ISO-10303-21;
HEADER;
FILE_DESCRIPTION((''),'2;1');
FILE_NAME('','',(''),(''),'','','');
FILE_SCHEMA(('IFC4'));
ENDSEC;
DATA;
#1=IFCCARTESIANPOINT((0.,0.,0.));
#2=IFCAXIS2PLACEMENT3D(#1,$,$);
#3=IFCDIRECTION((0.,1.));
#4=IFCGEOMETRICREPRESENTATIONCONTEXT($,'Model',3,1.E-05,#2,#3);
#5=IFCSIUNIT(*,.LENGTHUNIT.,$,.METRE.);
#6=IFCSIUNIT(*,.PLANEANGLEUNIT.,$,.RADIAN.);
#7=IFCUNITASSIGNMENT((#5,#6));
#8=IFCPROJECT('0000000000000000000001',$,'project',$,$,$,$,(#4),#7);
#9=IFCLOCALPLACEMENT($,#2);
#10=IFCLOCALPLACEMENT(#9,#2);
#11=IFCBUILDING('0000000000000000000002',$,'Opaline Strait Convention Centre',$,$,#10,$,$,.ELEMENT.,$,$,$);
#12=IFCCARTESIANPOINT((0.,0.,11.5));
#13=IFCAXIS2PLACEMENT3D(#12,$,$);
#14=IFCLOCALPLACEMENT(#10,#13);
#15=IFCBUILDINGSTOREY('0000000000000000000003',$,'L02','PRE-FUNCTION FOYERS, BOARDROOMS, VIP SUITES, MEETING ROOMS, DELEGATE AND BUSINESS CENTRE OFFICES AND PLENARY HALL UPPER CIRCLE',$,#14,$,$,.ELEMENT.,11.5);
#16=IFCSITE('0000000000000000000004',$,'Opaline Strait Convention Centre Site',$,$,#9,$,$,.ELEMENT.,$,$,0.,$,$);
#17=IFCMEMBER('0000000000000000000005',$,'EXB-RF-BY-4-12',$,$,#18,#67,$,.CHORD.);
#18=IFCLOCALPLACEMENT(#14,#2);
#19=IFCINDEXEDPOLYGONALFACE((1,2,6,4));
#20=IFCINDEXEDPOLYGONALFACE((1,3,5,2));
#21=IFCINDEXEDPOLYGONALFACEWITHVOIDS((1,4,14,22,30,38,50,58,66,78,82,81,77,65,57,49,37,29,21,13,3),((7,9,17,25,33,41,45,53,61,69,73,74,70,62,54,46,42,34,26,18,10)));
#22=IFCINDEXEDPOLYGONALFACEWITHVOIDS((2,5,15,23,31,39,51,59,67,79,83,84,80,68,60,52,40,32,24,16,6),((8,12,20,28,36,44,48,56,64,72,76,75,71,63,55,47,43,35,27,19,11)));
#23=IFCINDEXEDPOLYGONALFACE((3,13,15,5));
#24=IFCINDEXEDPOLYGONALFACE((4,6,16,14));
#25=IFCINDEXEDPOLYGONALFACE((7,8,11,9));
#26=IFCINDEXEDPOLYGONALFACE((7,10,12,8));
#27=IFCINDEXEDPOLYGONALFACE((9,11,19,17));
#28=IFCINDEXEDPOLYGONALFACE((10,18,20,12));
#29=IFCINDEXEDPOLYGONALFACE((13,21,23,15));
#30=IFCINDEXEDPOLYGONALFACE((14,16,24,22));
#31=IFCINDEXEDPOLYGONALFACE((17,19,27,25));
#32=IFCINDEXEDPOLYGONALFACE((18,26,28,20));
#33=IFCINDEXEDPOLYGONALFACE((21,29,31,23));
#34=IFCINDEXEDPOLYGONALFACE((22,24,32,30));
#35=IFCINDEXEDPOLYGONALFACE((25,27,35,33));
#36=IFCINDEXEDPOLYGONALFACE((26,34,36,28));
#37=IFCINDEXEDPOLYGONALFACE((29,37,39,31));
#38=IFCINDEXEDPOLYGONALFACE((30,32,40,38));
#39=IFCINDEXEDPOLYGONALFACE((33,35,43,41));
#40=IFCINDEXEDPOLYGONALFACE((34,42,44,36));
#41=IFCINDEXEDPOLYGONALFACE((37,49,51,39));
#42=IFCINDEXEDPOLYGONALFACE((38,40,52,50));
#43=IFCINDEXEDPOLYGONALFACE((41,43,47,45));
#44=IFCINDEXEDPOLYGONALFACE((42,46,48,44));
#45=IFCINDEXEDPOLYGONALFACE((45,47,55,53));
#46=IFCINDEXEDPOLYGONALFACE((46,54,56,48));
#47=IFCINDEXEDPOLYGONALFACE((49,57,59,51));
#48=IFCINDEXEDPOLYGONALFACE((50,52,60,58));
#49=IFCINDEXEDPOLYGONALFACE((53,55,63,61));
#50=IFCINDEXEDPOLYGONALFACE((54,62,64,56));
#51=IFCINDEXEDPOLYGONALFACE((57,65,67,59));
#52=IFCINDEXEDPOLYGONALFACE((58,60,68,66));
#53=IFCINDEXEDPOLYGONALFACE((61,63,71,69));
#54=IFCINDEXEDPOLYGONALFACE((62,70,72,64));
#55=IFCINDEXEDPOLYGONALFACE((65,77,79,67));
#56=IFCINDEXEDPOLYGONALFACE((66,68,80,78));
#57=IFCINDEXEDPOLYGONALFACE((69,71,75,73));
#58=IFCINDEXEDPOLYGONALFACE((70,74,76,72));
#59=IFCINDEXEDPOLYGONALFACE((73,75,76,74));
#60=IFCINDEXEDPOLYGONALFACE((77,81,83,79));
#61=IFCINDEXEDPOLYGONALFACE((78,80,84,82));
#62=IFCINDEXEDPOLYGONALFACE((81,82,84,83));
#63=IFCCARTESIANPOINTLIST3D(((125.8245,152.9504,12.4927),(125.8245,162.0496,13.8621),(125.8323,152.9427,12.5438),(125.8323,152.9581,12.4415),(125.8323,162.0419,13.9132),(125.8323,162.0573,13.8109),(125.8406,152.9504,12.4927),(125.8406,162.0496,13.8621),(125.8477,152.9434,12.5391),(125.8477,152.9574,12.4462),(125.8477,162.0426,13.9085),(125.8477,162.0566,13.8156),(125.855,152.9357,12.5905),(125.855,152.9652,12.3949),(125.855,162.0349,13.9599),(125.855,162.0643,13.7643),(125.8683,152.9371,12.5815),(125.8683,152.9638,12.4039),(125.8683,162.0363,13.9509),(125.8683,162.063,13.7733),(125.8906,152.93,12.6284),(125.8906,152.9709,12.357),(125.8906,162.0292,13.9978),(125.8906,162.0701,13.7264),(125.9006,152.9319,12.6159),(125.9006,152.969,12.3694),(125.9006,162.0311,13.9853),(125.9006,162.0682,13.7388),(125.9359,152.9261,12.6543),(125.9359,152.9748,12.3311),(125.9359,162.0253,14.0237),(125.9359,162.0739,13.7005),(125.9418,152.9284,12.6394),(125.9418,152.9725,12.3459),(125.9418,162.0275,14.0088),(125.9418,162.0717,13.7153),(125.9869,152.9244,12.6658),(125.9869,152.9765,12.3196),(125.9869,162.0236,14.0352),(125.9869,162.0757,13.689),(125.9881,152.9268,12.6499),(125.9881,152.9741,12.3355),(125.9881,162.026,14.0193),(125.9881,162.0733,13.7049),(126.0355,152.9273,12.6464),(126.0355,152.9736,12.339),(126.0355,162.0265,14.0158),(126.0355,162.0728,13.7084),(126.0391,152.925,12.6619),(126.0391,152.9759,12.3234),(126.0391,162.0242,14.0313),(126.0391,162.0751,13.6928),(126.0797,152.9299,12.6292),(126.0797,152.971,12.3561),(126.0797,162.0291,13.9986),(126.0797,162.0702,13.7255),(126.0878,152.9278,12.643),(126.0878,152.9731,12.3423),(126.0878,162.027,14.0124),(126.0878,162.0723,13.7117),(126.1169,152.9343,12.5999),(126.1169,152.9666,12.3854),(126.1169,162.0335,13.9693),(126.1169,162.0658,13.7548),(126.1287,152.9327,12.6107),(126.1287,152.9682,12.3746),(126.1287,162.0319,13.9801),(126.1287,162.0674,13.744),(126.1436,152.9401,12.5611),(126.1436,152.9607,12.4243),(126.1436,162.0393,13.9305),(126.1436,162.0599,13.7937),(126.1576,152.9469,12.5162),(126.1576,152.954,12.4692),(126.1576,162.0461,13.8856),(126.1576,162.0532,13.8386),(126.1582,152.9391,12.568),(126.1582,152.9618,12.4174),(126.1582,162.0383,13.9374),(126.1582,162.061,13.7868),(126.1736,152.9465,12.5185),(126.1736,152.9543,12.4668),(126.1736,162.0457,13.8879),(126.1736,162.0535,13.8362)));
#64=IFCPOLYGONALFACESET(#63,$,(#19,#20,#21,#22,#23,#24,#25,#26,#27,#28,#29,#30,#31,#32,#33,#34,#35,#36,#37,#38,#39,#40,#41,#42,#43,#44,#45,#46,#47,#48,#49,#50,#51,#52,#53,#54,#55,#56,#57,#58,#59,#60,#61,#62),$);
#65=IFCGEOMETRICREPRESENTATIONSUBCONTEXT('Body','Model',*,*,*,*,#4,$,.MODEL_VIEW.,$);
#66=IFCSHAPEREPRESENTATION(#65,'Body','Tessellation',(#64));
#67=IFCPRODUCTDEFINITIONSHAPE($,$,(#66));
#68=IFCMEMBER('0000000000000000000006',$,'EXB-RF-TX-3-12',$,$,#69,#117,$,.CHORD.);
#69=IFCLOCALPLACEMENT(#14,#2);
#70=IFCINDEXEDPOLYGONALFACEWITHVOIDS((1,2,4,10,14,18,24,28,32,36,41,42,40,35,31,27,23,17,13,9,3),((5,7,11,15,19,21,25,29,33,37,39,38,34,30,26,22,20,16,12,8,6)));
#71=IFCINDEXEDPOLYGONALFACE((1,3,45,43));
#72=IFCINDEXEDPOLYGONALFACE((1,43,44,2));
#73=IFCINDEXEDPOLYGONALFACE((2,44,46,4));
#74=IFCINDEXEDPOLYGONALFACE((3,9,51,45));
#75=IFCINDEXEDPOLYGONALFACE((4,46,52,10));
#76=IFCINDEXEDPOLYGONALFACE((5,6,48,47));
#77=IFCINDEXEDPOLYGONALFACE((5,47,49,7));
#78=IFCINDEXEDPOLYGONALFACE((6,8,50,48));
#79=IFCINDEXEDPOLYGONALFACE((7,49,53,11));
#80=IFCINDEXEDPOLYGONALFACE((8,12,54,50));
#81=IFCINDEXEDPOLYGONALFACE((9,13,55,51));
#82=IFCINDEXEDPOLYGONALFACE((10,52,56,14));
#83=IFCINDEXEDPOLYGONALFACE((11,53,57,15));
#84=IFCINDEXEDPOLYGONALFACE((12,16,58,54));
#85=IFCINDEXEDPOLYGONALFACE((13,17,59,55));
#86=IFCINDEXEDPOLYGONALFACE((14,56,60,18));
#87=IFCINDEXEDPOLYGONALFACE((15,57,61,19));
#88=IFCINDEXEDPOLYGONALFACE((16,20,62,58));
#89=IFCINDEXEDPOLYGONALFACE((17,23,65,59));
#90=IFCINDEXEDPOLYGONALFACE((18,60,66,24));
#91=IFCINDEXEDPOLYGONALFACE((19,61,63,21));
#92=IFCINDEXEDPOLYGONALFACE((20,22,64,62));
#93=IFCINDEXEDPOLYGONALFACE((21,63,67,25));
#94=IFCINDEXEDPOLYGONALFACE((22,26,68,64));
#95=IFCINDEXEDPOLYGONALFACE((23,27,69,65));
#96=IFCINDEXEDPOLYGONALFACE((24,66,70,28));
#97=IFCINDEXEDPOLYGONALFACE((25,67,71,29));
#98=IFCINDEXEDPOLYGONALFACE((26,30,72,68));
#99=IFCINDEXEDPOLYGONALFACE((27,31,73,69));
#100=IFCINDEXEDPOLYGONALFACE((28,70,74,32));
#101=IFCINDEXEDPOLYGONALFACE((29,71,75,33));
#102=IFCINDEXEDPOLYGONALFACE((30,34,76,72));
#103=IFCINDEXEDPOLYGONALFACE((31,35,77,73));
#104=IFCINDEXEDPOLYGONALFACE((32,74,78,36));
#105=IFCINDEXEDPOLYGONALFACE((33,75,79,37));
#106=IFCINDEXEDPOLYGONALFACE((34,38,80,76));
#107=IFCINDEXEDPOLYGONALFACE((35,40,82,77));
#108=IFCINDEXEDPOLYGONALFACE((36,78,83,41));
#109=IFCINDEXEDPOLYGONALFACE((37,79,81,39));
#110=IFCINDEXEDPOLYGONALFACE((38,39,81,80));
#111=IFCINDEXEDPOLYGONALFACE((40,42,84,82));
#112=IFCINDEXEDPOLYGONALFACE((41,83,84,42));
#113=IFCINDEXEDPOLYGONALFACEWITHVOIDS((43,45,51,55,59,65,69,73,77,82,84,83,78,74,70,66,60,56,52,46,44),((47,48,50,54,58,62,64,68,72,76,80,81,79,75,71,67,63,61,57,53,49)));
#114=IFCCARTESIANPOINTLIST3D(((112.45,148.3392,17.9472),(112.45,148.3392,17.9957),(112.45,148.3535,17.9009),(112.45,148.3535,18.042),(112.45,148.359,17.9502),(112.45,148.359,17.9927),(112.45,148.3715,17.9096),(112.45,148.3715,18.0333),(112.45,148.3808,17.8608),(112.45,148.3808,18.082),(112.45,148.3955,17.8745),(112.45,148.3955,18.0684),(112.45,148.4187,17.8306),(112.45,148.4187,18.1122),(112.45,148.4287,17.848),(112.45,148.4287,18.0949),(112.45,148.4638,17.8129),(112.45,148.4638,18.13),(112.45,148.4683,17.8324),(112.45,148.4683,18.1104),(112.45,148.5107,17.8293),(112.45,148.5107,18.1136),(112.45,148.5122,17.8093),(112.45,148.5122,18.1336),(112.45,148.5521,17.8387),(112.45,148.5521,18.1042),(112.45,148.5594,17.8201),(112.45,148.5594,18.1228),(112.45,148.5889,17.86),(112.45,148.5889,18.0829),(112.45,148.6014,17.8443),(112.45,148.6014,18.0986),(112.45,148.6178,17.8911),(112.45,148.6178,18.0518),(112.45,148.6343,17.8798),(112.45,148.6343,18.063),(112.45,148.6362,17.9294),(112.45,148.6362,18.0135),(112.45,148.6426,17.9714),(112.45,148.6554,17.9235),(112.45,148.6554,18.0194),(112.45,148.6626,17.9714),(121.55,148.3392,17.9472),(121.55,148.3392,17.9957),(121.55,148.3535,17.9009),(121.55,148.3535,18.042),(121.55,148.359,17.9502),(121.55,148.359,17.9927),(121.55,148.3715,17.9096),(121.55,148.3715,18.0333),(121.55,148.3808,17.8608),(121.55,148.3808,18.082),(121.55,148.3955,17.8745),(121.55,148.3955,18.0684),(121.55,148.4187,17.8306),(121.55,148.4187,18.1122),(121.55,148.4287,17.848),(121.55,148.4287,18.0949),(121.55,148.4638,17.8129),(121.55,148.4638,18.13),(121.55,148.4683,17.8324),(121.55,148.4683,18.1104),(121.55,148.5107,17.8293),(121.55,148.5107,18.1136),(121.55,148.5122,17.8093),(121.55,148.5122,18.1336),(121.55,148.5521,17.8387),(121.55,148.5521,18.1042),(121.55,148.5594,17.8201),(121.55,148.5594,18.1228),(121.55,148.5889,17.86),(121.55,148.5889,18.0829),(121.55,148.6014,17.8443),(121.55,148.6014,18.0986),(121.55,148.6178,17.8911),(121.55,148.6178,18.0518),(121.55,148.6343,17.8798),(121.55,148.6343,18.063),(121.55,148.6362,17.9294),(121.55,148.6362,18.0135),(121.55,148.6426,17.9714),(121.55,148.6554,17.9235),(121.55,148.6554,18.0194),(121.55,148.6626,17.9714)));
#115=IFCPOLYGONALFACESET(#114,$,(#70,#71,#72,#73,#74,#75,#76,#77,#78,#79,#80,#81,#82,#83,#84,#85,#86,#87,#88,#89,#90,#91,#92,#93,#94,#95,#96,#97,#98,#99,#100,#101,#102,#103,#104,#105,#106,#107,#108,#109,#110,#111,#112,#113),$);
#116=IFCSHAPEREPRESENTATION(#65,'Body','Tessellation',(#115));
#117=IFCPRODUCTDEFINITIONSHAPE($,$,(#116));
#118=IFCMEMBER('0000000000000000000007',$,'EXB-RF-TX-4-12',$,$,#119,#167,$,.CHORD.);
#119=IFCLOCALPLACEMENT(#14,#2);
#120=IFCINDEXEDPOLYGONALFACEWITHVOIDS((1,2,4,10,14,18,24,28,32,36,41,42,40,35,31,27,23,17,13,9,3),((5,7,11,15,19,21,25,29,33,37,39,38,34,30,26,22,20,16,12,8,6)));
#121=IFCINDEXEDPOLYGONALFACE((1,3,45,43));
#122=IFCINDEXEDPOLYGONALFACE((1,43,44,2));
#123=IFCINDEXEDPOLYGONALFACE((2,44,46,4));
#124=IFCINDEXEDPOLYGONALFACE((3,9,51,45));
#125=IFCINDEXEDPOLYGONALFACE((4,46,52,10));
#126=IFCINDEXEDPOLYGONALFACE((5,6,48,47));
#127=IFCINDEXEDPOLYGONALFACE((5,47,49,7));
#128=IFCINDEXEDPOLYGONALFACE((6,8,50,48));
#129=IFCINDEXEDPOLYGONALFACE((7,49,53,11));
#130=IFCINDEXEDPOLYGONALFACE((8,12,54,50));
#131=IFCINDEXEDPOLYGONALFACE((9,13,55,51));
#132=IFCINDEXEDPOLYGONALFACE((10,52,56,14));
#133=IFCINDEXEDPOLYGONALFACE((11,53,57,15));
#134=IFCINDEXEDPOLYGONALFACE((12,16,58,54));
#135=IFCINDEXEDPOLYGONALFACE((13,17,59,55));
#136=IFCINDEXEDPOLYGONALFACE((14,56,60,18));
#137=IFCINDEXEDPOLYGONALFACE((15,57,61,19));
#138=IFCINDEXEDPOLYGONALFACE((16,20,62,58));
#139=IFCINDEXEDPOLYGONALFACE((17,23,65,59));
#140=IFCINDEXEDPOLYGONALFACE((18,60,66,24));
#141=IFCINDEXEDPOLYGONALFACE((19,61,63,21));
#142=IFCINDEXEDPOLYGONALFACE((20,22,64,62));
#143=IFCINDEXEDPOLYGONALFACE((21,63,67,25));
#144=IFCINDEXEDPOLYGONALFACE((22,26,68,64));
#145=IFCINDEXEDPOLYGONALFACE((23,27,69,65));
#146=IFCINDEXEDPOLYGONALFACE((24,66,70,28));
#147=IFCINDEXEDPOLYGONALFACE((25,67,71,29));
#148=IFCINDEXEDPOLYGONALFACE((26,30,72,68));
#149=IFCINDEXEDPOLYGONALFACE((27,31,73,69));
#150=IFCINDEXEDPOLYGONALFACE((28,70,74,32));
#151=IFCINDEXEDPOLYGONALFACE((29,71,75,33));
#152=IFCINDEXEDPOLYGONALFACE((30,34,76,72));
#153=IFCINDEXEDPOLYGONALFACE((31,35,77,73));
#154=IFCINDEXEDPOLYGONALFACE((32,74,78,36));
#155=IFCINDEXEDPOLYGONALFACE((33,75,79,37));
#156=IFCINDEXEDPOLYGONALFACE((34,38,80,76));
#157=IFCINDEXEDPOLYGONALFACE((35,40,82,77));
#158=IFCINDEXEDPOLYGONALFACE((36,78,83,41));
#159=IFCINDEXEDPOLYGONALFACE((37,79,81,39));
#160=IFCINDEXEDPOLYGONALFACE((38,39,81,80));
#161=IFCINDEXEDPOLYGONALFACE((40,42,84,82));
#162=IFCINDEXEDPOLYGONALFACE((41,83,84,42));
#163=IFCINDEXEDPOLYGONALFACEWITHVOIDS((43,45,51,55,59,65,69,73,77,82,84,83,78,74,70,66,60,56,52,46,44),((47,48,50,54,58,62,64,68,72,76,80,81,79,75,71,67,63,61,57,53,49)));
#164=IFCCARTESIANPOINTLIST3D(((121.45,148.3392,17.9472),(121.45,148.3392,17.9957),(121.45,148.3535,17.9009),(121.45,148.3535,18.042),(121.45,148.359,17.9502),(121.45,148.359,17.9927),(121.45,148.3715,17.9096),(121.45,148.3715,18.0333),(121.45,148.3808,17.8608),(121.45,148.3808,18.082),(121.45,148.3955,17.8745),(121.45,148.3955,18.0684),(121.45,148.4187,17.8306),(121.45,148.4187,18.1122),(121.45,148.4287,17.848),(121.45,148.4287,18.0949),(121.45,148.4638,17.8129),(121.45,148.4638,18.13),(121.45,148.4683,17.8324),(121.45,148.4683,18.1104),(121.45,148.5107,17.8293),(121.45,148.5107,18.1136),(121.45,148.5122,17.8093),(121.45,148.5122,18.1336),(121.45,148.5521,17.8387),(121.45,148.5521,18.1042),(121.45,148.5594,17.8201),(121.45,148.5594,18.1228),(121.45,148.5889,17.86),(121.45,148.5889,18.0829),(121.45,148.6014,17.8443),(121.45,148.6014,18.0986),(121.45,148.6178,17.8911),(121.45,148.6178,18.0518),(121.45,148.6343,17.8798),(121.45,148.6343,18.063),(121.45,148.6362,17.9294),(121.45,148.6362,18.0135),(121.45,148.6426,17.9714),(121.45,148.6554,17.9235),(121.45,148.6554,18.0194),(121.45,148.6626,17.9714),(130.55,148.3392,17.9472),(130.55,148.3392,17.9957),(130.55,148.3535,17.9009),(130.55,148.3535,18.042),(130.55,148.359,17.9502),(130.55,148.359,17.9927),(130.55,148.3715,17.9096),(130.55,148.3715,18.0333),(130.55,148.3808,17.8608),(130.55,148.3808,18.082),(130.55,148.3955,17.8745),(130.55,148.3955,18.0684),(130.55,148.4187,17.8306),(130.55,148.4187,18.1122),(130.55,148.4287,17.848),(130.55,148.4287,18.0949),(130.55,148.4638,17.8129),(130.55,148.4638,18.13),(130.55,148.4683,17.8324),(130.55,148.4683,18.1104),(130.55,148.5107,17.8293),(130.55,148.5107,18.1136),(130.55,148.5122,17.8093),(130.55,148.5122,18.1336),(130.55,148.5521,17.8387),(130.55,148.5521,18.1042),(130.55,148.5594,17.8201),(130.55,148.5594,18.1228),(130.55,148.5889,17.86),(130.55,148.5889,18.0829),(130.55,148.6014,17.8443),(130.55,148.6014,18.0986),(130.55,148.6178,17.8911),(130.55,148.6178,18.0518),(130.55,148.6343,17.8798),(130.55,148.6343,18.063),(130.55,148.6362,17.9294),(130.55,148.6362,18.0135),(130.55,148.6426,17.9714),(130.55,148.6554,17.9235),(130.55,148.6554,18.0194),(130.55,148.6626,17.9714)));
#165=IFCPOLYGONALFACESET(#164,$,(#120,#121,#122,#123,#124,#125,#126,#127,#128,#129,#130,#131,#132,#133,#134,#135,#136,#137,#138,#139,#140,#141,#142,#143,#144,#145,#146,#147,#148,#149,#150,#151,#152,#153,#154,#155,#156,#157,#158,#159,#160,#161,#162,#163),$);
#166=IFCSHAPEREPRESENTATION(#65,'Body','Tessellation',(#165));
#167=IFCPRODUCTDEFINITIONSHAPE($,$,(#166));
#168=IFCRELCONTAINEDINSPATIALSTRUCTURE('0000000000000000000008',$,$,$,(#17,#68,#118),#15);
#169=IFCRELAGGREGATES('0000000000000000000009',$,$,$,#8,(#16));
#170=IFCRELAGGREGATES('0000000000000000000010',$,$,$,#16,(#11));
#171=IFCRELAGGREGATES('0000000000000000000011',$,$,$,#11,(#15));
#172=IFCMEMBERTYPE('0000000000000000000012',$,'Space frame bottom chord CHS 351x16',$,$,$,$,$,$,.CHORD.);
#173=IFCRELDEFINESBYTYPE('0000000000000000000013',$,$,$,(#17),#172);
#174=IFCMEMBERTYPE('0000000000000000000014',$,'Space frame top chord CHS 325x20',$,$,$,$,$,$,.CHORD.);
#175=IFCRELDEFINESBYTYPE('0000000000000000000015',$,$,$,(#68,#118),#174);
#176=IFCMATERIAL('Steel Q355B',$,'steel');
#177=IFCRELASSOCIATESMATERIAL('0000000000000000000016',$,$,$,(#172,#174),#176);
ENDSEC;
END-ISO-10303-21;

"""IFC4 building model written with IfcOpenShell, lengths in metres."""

from ifc_helpers import new_model, si_unit, direction, frame, origin, origin_2d, place, context, subcontext, project, spatial, hollow_circle, extrude, material, material_profile, profile_set, type_object, element, save


model = new_model("IFC4")

# Units and contexts
model_context = context("Model", 3, precision=1e-05, world=origin(), true_north=direction((0.0, 1.0)))
body_context = subcontext(model_context, "Body", "Model", "MODEL_VIEW")
ifc_project = project(units=[si_unit("LENGTHUNIT", "METRE"), si_unit("PLANEANGLEUNIT", "RADIAN")], contexts=[model_context])

# Site, building, storey
site_placement = place(None, origin())
site = spatial("IfcSite", under=ifc_project, at=site_placement, Name="Opaline Strait Convention Centre Site", CompositionType="ELEMENT", RefElevation=0.0)
building_placement = place(site_placement, origin())
building = spatial("IfcBuilding", under=site, at=building_placement, Name="Opaline Strait Convention Centre", CompositionType="ELEMENT")
storey_placement = place(building_placement, frame((0.0, 0.0, 11.5)))
storey = spatial("IfcBuildingStorey", under=building, at=storey_placement, Name="L02", Description="PRE-FUNCTION FOYERS, BOARDROOMS, VIP SUITES, MEETING ROOMS, DELEGATE AND BUSINESS CENTRE OFFICES AND PLENARY HALL UPPER CIRCLE", CompositionType="ELEMENT", Elevation=11.5)

# Members
ifc_material_1 = material(Name="Steel Q355B", Category="steel")
ifc_material_profile_1 = material_profile(ifc_material_1, hollow_circle(Radius=0.1755, WallThickness=0.0161, at=origin_2d()), Name="CHS 351x16")
ifc_profile_set_1 = profile_set([ifc_material_profile_1], Name="Steel Q355B")
member_type_1 = type_object("IfcMemberType", Name="Space frame bottom chord CHS 351x16", PredefinedType="CHORD", material=ifc_profile_set_1)
member_1_placement = place(storey_placement, frame((126.0, 152.9504, 12.4927), z_axis=(0.0, 0.988864, 0.14882), x_axis=(-1.0, 0.0, 0.0)))
element("IfcMember", 1, at=member_1_placement, inside=storey, type_object=member_type_1, Name="EXB-RF-BY-4-12", PredefinedType="CHORD", context=body_context, shape_type="SweptSolid", body=[
    extrude(hollow_circle(Radius=0.1755, WallThickness=0.0161, at=origin_2d()), origin(), (0.0, 0.0, 1.0), 9.2017),
])
ifc_material_profile_2 = material_profile(ifc_material_1, hollow_circle(Radius=0.1626, WallThickness=0.02, at=origin_2d()), Name="CHS 325x20")
ifc_profile_set_2 = profile_set([ifc_material_profile_2], Name="Steel Q355B")
member_type_2 = type_object("IfcMemberType", Name="Space frame top chord CHS 325x20", PredefinedType="CHORD", material=ifc_profile_set_2)
for number, where, z_axis, x_axis, name in (
    (2, (112.45, 148.5, 17.9714), (1.0, 0.0, 0.0), (0.0, 1.0, 0.0), "EXB-RF-TX-3-12"),
    (3, (121.45, 148.5, 17.9714), (1.0, 0.0, 0.0), (0.0, 1.0, 0.0), "EXB-RF-TX-4-12"),
):
    element("IfcMember", number, at=place(storey_placement, frame(where, z_axis=z_axis, x_axis=x_axis)), inside=storey, type_object=member_type_2, Name=name, PredefinedType="CHORD", context=body_context, shape_type="SweptSolid", body=[
        extrude(hollow_circle(Radius=0.1626, WallThickness=0.02, at=origin_2d()), origin(), (0.0, 0.0, 1.0), 9.1001),
    ])

save(model, "model.ifc")
